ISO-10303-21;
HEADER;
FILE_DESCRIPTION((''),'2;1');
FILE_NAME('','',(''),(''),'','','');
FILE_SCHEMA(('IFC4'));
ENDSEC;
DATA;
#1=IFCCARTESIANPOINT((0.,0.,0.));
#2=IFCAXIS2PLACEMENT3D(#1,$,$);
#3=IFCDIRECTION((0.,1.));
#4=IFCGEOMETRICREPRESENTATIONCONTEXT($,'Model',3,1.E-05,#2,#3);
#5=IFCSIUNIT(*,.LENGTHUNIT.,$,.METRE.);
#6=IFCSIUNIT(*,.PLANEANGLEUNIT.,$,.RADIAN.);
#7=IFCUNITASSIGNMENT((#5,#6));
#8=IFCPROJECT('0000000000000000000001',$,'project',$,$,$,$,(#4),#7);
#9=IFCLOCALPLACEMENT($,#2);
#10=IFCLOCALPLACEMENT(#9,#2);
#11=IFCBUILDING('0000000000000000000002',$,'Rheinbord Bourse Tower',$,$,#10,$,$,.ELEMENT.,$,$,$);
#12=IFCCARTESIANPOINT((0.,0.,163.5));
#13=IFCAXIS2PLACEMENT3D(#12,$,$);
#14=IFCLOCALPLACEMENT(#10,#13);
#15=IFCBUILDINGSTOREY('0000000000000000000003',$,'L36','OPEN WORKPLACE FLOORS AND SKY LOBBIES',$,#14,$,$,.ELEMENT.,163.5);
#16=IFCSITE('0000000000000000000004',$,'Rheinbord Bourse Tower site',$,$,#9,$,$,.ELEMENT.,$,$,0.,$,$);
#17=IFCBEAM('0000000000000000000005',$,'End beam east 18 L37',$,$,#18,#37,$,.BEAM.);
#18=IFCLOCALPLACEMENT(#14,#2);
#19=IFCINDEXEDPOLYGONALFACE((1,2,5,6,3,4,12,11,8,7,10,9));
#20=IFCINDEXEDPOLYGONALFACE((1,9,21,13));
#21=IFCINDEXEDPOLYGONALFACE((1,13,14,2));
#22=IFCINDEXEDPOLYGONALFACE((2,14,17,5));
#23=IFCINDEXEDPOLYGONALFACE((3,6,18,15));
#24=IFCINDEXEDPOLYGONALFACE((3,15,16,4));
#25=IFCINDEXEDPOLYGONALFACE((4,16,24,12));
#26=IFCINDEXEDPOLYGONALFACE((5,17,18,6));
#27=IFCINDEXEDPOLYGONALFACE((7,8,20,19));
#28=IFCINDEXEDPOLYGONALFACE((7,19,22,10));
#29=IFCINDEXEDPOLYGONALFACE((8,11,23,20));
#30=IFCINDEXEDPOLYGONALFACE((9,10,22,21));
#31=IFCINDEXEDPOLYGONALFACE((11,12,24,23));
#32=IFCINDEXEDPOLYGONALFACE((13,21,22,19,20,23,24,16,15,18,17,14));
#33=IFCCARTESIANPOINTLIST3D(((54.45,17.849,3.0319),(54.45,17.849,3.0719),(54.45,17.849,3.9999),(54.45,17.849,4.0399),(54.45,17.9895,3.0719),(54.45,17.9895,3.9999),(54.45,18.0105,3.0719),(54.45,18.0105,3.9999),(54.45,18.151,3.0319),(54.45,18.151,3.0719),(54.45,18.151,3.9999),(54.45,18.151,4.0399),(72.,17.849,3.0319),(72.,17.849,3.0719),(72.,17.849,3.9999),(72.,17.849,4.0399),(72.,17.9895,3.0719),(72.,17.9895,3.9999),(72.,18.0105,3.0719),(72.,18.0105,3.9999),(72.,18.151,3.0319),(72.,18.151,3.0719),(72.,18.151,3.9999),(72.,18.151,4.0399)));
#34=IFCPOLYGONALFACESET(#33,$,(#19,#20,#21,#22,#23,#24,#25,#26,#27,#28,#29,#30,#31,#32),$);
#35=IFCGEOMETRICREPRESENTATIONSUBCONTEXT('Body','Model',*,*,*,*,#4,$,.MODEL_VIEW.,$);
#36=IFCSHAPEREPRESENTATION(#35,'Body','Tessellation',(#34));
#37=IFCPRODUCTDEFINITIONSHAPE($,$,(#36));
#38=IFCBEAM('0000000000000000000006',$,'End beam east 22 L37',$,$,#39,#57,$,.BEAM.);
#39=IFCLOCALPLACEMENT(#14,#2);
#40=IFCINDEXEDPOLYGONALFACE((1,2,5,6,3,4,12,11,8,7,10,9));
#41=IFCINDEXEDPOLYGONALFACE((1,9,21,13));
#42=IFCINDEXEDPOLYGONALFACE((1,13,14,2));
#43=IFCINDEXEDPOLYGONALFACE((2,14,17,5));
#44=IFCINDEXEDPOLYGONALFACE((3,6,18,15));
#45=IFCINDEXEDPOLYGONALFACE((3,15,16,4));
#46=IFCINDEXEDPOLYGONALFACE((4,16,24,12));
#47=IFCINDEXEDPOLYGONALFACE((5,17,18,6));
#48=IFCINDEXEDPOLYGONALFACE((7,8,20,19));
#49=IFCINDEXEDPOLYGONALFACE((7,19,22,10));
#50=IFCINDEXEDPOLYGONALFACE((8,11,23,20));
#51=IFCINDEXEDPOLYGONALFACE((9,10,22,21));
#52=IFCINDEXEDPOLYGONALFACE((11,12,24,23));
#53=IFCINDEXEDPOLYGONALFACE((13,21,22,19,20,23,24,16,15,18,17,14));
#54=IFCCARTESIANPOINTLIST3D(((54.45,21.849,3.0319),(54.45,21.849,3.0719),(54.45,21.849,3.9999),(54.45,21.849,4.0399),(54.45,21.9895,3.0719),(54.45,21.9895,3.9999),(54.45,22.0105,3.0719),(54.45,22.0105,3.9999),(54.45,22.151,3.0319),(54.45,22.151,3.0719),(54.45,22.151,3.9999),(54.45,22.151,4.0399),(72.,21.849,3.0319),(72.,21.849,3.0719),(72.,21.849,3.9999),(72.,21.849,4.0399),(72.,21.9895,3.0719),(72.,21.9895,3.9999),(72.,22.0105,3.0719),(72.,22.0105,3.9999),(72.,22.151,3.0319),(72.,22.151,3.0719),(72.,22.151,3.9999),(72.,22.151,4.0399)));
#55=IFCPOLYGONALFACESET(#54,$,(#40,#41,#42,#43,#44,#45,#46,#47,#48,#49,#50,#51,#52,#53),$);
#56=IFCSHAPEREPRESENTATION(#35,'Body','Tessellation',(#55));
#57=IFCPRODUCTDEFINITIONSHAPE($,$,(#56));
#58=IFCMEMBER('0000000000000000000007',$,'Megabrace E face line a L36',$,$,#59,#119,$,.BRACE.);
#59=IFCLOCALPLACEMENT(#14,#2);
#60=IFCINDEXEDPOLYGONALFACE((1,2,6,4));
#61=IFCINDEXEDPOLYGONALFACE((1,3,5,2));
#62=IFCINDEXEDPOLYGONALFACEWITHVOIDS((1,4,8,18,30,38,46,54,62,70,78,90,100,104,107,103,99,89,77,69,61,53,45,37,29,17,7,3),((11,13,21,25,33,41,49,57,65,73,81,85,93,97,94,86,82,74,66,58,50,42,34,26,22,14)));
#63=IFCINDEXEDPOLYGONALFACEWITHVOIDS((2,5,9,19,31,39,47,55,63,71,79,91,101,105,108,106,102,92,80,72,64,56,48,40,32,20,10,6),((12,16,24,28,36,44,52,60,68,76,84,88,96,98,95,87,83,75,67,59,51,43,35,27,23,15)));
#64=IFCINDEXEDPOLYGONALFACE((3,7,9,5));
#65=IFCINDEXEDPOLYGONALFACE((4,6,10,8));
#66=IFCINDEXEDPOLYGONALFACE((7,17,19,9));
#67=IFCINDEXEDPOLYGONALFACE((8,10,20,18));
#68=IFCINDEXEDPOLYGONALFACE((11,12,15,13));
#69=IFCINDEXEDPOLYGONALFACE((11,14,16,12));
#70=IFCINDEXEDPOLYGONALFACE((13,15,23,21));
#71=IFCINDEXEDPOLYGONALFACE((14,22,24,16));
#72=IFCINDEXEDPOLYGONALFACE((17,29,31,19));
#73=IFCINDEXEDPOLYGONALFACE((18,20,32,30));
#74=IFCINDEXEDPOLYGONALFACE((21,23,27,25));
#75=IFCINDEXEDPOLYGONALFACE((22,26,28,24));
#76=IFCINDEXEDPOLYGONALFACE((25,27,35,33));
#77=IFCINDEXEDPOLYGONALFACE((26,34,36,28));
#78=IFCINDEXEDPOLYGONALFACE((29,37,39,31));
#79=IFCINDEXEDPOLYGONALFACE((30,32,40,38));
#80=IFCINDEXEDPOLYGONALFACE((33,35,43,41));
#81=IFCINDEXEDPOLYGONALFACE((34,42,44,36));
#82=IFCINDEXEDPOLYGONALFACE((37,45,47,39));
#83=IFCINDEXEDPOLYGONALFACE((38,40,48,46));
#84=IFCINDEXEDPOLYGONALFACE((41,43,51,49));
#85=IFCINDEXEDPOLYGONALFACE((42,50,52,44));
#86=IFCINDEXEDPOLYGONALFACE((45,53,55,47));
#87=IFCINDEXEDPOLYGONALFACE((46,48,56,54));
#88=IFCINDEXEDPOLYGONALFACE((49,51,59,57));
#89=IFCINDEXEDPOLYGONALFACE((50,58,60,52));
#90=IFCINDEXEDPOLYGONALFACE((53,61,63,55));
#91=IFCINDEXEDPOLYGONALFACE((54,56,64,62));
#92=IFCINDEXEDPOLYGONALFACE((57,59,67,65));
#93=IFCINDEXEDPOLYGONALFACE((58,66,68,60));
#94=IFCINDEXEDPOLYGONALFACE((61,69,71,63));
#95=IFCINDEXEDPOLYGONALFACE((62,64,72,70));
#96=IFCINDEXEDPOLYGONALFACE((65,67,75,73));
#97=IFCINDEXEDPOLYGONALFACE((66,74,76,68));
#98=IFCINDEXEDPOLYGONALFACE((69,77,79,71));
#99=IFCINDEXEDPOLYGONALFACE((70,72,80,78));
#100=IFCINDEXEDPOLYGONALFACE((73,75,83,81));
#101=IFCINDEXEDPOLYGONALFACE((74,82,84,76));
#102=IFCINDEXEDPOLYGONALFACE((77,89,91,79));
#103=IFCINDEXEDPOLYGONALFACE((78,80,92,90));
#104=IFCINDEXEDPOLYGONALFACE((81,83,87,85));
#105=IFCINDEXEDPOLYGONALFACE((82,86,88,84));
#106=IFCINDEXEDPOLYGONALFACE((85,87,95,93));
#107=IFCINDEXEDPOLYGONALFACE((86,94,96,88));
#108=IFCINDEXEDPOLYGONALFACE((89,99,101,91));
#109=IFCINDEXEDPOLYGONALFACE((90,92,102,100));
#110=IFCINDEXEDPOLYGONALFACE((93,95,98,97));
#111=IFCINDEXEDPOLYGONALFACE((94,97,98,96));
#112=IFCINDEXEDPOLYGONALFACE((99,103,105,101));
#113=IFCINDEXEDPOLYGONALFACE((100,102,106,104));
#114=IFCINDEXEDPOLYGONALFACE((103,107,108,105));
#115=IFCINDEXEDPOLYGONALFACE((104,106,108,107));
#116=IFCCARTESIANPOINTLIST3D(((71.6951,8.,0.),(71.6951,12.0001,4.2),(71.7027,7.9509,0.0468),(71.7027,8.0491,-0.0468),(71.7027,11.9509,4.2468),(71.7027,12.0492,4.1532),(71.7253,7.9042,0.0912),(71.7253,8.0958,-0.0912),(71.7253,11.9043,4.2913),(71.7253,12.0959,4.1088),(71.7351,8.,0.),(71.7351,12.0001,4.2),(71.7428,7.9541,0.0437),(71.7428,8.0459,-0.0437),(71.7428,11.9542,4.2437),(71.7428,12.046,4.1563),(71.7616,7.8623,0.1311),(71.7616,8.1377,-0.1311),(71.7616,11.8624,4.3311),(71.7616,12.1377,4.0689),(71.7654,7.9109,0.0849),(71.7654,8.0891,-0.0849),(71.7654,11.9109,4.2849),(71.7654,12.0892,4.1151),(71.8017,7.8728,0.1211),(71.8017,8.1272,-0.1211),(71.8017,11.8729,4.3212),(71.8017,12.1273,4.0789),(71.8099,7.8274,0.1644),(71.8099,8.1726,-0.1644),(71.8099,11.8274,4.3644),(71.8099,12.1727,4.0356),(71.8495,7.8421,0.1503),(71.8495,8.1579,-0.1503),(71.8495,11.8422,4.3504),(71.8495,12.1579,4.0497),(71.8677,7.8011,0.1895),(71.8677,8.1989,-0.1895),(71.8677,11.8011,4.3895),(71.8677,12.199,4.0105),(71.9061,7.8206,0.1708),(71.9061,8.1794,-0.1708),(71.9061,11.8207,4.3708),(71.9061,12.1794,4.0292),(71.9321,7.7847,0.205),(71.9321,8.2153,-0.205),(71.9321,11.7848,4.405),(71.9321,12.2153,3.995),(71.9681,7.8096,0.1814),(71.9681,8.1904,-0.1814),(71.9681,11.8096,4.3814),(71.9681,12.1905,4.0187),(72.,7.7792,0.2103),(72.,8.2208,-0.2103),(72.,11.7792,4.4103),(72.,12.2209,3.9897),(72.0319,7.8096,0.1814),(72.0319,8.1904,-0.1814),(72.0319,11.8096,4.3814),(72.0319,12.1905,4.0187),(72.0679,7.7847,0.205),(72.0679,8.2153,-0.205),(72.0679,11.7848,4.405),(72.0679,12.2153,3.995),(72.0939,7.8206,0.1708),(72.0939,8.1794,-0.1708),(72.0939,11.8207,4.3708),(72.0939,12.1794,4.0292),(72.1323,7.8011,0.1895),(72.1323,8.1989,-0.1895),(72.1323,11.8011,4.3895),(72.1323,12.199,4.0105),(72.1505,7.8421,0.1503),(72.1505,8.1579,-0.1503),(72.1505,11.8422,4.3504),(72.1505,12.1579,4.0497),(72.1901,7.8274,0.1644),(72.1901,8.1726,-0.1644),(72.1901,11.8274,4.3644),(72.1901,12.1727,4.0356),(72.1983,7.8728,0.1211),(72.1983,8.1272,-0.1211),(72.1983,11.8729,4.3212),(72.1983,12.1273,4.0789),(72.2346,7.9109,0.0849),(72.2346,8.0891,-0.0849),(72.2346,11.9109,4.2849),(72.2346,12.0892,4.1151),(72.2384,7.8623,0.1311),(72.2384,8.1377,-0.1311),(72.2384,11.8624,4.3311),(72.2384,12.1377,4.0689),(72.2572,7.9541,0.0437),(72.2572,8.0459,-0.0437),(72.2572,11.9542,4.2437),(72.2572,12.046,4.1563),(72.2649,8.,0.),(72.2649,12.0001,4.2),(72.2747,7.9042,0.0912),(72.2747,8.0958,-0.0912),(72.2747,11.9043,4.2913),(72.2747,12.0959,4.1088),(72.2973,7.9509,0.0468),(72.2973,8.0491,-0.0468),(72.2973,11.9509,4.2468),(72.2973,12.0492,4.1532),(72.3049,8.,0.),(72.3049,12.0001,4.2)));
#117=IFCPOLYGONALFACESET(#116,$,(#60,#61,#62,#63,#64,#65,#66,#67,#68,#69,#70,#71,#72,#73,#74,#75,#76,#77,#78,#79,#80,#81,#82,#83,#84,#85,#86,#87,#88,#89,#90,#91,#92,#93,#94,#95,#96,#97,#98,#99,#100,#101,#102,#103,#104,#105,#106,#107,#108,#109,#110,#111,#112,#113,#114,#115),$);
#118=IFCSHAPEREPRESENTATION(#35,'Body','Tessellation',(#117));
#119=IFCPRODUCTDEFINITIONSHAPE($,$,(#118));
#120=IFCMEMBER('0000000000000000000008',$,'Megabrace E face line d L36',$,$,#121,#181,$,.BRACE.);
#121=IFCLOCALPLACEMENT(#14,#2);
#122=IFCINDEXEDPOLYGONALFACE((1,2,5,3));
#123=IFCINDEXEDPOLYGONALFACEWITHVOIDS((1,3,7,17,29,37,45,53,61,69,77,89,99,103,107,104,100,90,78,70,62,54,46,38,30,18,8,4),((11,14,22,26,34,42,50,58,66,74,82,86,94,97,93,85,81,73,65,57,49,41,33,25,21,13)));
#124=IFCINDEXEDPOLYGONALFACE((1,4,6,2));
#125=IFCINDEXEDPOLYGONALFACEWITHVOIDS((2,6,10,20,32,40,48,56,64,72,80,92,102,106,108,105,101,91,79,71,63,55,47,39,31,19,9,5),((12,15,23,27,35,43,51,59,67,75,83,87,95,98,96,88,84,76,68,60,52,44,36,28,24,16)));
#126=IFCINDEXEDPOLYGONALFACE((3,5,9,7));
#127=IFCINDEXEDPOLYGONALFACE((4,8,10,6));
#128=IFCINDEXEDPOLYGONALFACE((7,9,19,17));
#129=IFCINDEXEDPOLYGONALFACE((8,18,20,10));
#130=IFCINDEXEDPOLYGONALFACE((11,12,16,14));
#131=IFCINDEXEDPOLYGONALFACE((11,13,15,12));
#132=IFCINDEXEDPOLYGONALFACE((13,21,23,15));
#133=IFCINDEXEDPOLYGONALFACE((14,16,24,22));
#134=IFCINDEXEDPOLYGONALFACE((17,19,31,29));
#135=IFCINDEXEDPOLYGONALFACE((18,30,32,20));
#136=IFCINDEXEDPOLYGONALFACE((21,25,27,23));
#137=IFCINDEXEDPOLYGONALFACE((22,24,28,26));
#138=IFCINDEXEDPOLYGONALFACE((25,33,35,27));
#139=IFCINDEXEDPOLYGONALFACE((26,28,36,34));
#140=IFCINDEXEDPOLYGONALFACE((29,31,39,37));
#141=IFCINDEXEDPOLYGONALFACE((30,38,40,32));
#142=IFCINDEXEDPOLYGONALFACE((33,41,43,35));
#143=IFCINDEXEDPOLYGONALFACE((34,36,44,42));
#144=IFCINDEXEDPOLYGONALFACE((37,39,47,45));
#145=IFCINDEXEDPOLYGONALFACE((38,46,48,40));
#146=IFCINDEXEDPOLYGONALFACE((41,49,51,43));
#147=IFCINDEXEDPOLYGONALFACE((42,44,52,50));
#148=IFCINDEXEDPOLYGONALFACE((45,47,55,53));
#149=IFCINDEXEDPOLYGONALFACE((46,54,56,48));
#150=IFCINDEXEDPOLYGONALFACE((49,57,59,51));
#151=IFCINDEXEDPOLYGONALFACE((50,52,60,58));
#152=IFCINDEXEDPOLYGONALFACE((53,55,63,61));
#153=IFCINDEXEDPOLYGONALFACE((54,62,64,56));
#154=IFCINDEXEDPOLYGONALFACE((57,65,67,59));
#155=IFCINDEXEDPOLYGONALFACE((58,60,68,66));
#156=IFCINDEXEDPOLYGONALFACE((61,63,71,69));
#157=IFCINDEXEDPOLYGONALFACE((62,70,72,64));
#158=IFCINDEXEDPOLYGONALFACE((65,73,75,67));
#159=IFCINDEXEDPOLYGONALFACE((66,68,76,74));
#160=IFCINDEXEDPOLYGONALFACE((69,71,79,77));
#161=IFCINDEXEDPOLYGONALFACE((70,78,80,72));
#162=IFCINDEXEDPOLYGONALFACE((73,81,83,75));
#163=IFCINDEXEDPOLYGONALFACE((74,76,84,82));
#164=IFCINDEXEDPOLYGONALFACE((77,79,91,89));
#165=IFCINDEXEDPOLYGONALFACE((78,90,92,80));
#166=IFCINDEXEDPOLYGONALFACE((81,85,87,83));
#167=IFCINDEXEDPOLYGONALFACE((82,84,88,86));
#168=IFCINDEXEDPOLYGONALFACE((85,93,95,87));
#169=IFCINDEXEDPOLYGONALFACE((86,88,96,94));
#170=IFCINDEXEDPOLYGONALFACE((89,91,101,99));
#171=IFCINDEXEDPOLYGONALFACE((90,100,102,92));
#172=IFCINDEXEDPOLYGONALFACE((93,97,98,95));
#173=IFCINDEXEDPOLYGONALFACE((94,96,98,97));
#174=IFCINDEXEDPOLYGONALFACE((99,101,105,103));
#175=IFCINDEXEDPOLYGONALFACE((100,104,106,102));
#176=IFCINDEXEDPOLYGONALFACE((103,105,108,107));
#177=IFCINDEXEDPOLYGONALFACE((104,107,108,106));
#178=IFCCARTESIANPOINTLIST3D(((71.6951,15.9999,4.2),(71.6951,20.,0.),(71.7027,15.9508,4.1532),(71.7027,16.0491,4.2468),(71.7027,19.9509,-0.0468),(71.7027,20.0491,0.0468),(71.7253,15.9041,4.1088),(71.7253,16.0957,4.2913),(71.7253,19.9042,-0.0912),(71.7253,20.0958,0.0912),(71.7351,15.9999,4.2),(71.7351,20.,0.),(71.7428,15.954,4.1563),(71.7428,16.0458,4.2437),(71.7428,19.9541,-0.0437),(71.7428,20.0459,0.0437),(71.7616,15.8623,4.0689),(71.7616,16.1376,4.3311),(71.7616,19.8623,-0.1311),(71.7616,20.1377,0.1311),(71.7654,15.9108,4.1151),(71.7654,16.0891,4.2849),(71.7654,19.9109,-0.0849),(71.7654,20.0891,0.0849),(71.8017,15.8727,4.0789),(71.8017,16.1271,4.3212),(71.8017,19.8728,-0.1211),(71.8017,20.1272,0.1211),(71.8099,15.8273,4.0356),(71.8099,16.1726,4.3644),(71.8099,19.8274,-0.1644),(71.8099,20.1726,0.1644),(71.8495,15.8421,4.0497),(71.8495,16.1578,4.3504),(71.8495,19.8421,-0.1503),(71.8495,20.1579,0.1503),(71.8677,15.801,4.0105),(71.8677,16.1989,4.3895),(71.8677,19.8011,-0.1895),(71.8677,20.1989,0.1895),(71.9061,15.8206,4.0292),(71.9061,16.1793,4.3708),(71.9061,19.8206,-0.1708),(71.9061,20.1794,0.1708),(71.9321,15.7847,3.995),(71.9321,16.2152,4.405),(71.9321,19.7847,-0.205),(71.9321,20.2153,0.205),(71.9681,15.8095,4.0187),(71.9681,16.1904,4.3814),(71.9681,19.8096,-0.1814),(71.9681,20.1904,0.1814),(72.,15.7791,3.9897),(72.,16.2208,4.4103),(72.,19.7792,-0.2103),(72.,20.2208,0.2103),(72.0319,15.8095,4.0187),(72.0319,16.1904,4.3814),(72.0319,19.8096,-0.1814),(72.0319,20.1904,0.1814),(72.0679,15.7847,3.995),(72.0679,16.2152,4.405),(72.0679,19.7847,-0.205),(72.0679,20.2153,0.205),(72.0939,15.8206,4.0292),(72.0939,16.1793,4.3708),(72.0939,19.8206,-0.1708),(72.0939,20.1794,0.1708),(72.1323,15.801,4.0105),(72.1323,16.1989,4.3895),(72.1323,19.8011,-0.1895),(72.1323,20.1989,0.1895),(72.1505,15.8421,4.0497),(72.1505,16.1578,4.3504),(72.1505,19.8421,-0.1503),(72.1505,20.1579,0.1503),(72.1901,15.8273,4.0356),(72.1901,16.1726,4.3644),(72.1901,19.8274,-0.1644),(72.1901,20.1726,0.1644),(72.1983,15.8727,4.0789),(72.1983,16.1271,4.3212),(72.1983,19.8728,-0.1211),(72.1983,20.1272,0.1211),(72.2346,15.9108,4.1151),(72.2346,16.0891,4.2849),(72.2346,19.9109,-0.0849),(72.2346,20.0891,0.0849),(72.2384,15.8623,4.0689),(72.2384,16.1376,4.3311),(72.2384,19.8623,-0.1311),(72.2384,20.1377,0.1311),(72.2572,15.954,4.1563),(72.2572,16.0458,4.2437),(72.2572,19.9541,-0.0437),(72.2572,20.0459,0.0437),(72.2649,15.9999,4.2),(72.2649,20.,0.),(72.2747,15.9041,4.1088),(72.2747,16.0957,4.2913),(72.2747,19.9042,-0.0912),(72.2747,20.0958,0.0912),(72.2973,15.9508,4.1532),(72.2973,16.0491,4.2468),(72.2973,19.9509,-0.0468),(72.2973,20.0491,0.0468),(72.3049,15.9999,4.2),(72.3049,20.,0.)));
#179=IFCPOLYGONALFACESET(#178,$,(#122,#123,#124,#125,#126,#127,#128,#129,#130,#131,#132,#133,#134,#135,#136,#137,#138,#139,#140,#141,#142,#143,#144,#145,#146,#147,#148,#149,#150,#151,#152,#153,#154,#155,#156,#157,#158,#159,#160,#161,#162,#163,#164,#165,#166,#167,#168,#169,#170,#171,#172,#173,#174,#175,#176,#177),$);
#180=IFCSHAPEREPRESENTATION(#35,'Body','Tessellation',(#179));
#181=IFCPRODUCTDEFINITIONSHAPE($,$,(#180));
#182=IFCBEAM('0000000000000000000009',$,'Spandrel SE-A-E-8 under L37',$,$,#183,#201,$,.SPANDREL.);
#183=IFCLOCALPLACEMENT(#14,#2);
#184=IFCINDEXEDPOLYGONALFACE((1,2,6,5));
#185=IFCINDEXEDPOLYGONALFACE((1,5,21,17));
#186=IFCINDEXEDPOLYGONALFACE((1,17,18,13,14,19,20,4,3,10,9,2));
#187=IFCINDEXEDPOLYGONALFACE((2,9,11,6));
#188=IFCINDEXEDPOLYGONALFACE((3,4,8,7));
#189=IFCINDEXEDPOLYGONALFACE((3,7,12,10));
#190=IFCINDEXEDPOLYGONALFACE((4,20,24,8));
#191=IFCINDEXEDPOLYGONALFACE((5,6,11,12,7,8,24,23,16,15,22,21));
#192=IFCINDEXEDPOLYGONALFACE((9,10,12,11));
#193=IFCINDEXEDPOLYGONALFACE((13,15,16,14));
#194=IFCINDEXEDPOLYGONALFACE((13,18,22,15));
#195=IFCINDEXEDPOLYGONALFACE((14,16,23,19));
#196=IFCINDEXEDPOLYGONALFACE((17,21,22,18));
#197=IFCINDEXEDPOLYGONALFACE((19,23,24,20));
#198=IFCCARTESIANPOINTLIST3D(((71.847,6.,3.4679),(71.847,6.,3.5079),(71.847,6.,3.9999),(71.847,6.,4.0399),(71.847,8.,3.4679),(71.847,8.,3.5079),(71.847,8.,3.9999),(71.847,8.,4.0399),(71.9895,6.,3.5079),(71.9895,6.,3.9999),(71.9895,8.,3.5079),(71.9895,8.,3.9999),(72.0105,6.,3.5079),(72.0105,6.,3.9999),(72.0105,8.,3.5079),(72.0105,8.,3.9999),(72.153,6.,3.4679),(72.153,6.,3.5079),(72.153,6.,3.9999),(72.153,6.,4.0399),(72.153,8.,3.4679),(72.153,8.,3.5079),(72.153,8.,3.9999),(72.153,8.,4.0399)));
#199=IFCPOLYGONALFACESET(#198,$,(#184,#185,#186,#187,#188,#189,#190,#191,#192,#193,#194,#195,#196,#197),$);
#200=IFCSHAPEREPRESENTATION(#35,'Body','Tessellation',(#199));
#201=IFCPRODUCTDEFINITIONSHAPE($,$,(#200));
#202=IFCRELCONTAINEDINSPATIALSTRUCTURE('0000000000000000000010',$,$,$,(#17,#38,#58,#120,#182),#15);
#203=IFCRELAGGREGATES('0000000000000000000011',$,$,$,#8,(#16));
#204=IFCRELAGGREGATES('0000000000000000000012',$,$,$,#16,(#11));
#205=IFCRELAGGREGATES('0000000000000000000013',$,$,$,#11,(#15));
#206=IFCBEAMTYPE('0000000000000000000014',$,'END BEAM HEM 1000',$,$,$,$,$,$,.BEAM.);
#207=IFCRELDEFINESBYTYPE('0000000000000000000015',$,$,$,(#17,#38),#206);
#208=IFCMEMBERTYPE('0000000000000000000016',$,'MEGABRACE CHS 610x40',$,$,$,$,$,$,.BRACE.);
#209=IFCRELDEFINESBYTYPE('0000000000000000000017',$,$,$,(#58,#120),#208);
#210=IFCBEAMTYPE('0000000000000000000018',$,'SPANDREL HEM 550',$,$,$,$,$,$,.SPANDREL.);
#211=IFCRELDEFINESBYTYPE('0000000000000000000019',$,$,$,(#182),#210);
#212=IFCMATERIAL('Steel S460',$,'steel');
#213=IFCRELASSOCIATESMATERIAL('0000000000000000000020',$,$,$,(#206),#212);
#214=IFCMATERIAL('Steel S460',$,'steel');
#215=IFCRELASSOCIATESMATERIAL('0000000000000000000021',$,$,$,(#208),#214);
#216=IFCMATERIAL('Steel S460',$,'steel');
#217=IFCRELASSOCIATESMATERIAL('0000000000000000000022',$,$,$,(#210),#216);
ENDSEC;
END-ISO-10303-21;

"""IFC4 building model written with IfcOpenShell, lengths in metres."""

from ifc_helpers import new_model, si_unit, direction, frame, origin, origin_2d, place, context, subcontext, project, spatial, hollow_circle, i_section, extrude, material, material_profile, profile_set, type_object, element, save


model = new_model("IFC4")

# Units and contexts
model_context = context("Model", 3, precision=1e-05, world=origin(), true_north=direction((0.0, 1.0)))
body_context = subcontext(model_context, "Body", "Model", "MODEL_VIEW")
ifc_project = project(units=[si_unit("LENGTHUNIT", "METRE"), si_unit("PLANEANGLEUNIT", "RADIAN")], contexts=[model_context])

# Site, building, storey
site_placement = place(None, origin())
site = spatial("IfcSite", under=ifc_project, at=site_placement, Name="Rheinbord Bourse Tower site", CompositionType="ELEMENT", RefElevation=0.0)
building_placement = place(site_placement, origin())
building = spatial("IfcBuilding", under=site, at=building_placement, Name="Rheinbord Bourse Tower", CompositionType="ELEMENT")
storey_placement = place(building_placement, frame((0.0, 0.0, 163.5)))
storey = spatial("IfcBuildingStorey", under=building, at=storey_placement, Name="L36", Description="OPEN WORKPLACE FLOORS AND SKY LOBBIES", CompositionType="ELEMENT", Elevation=163.5)

# Beams
ifc_material_1 = material(Name="Steel S460", Category="steel")
ifc_material_profile_1 = material_profile(ifc_material_1, i_section(OverallWidth=0.302, OverallDepth=1.0081, WebThickness=0.021, FlangeThickness=0.04, at=origin_2d()), Name="HEM 1000")
ifc_profile_set_1 = profile_set([ifc_material_profile_1], Name="Steel S460")
beam_type_1 = type_object("IfcBeamType", Name="END BEAM HEM 1000", PredefinedType="BEAM", material=ifc_profile_set_1)
for number, where, z_axis, x_axis, name in (
    (1, (54.45, 18.0, 3.5359), (1.0, 0.0, 0.0), (0.0, 1.0, 0.0), "End beam east 18 L37"),
    (2, (54.45, 22.0, 3.5359), (1.0, 0.0, 0.0), (0.0, 1.0, 0.0), "End beam east 22 L37"),
):
    element("IfcBeam", number, at=place(storey_placement, frame(where, z_axis=z_axis, x_axis=x_axis)), inside=storey, type_object=beam_type_1, Name=name, PredefinedType="BEAM", context=body_context, shape_type="SweptSolid", body=[
        extrude(i_section(OverallWidth=0.302, OverallDepth=1.0081, WebThickness=0.021, FlangeThickness=0.04, at=origin_2d()), origin(), (0.0, 0.0, 1.0), 17.55),
    ])

# Members
ifc_material_2 = material(Name="Steel S460", Category="steel")
ifc_material_profile_2 = material_profile(ifc_material_2, hollow_circle(Radius=0.3049, WallThickness=0.04, at=origin_2d()), Name="CHS 610x40")
ifc_profile_set_2 = profile_set([ifc_material_profile_2], Name="Steel S460")
member_type_1 = type_object("IfcMemberType", Name="MEGABRACE CHS 610x40", PredefinedType="BRACE", material=ifc_profile_set_2)
for number, where, z_axis, x_axis, name in (
    (3, (72.0, 8.0, 0.0), (0.0, 0.689659, 0.724134), (-1.0, 0.0, 0.0), "Megabrace E face line a L36"),
    (4, (72.0, 20.0, 0.0), (0.0, -0.689659, 0.724134), (1.0, 0.0, 0.0), "Megabrace E face line d L36"),
):
    element("IfcMember", number, at=place(storey_placement, frame(where, z_axis=z_axis, x_axis=x_axis)), inside=storey, type_object=member_type_1, Name=name, PredefinedType="BRACE", context=body_context, shape_type="SweptSolid", body=[
        extrude(hollow_circle(Radius=0.3049, WallThickness=0.04, at=origin_2d()), origin(), (0.0, 0.0, 1.0), 5.8),
    ])

# Beam
ifc_material_3 = material(Name="Steel S460", Category="steel")
ifc_material_profile_3 = material_profile(ifc_material_3, i_section(OverallWidth=0.3059, OverallDepth=0.572, WebThickness=0.021, FlangeThickness=0.04, at=origin_2d()), Name="HEM 550")
ifc_profile_set_3 = profile_set([ifc_material_profile_3], Name="Steel S460")
beam_type_2 = type_object("IfcBeamType", Name="SPANDREL HEM 550", PredefinedType="SPANDREL", material=ifc_profile_set_3)
beam_placement = place(storey_placement, frame((72.0, 6.0, 3.7539), z_axis=(0.0, 1.0, 0.0), x_axis=(-1.0, 0.0, 0.0)))
element("IfcBeam", 5, at=beam_placement, inside=storey, type_object=beam_type_2, Name="Spandrel SE-A-E-8 under L37", PredefinedType="SPANDREL", context=body_context, shape_type="SweptSolid", body=[
    extrude(i_section(OverallWidth=0.3059, OverallDepth=0.572, WebThickness=0.021, FlangeThickness=0.04, at=origin_2d()), origin(), (0.0, 0.0, 1.0), 2.0),
])

save(model, "model.ifc")
